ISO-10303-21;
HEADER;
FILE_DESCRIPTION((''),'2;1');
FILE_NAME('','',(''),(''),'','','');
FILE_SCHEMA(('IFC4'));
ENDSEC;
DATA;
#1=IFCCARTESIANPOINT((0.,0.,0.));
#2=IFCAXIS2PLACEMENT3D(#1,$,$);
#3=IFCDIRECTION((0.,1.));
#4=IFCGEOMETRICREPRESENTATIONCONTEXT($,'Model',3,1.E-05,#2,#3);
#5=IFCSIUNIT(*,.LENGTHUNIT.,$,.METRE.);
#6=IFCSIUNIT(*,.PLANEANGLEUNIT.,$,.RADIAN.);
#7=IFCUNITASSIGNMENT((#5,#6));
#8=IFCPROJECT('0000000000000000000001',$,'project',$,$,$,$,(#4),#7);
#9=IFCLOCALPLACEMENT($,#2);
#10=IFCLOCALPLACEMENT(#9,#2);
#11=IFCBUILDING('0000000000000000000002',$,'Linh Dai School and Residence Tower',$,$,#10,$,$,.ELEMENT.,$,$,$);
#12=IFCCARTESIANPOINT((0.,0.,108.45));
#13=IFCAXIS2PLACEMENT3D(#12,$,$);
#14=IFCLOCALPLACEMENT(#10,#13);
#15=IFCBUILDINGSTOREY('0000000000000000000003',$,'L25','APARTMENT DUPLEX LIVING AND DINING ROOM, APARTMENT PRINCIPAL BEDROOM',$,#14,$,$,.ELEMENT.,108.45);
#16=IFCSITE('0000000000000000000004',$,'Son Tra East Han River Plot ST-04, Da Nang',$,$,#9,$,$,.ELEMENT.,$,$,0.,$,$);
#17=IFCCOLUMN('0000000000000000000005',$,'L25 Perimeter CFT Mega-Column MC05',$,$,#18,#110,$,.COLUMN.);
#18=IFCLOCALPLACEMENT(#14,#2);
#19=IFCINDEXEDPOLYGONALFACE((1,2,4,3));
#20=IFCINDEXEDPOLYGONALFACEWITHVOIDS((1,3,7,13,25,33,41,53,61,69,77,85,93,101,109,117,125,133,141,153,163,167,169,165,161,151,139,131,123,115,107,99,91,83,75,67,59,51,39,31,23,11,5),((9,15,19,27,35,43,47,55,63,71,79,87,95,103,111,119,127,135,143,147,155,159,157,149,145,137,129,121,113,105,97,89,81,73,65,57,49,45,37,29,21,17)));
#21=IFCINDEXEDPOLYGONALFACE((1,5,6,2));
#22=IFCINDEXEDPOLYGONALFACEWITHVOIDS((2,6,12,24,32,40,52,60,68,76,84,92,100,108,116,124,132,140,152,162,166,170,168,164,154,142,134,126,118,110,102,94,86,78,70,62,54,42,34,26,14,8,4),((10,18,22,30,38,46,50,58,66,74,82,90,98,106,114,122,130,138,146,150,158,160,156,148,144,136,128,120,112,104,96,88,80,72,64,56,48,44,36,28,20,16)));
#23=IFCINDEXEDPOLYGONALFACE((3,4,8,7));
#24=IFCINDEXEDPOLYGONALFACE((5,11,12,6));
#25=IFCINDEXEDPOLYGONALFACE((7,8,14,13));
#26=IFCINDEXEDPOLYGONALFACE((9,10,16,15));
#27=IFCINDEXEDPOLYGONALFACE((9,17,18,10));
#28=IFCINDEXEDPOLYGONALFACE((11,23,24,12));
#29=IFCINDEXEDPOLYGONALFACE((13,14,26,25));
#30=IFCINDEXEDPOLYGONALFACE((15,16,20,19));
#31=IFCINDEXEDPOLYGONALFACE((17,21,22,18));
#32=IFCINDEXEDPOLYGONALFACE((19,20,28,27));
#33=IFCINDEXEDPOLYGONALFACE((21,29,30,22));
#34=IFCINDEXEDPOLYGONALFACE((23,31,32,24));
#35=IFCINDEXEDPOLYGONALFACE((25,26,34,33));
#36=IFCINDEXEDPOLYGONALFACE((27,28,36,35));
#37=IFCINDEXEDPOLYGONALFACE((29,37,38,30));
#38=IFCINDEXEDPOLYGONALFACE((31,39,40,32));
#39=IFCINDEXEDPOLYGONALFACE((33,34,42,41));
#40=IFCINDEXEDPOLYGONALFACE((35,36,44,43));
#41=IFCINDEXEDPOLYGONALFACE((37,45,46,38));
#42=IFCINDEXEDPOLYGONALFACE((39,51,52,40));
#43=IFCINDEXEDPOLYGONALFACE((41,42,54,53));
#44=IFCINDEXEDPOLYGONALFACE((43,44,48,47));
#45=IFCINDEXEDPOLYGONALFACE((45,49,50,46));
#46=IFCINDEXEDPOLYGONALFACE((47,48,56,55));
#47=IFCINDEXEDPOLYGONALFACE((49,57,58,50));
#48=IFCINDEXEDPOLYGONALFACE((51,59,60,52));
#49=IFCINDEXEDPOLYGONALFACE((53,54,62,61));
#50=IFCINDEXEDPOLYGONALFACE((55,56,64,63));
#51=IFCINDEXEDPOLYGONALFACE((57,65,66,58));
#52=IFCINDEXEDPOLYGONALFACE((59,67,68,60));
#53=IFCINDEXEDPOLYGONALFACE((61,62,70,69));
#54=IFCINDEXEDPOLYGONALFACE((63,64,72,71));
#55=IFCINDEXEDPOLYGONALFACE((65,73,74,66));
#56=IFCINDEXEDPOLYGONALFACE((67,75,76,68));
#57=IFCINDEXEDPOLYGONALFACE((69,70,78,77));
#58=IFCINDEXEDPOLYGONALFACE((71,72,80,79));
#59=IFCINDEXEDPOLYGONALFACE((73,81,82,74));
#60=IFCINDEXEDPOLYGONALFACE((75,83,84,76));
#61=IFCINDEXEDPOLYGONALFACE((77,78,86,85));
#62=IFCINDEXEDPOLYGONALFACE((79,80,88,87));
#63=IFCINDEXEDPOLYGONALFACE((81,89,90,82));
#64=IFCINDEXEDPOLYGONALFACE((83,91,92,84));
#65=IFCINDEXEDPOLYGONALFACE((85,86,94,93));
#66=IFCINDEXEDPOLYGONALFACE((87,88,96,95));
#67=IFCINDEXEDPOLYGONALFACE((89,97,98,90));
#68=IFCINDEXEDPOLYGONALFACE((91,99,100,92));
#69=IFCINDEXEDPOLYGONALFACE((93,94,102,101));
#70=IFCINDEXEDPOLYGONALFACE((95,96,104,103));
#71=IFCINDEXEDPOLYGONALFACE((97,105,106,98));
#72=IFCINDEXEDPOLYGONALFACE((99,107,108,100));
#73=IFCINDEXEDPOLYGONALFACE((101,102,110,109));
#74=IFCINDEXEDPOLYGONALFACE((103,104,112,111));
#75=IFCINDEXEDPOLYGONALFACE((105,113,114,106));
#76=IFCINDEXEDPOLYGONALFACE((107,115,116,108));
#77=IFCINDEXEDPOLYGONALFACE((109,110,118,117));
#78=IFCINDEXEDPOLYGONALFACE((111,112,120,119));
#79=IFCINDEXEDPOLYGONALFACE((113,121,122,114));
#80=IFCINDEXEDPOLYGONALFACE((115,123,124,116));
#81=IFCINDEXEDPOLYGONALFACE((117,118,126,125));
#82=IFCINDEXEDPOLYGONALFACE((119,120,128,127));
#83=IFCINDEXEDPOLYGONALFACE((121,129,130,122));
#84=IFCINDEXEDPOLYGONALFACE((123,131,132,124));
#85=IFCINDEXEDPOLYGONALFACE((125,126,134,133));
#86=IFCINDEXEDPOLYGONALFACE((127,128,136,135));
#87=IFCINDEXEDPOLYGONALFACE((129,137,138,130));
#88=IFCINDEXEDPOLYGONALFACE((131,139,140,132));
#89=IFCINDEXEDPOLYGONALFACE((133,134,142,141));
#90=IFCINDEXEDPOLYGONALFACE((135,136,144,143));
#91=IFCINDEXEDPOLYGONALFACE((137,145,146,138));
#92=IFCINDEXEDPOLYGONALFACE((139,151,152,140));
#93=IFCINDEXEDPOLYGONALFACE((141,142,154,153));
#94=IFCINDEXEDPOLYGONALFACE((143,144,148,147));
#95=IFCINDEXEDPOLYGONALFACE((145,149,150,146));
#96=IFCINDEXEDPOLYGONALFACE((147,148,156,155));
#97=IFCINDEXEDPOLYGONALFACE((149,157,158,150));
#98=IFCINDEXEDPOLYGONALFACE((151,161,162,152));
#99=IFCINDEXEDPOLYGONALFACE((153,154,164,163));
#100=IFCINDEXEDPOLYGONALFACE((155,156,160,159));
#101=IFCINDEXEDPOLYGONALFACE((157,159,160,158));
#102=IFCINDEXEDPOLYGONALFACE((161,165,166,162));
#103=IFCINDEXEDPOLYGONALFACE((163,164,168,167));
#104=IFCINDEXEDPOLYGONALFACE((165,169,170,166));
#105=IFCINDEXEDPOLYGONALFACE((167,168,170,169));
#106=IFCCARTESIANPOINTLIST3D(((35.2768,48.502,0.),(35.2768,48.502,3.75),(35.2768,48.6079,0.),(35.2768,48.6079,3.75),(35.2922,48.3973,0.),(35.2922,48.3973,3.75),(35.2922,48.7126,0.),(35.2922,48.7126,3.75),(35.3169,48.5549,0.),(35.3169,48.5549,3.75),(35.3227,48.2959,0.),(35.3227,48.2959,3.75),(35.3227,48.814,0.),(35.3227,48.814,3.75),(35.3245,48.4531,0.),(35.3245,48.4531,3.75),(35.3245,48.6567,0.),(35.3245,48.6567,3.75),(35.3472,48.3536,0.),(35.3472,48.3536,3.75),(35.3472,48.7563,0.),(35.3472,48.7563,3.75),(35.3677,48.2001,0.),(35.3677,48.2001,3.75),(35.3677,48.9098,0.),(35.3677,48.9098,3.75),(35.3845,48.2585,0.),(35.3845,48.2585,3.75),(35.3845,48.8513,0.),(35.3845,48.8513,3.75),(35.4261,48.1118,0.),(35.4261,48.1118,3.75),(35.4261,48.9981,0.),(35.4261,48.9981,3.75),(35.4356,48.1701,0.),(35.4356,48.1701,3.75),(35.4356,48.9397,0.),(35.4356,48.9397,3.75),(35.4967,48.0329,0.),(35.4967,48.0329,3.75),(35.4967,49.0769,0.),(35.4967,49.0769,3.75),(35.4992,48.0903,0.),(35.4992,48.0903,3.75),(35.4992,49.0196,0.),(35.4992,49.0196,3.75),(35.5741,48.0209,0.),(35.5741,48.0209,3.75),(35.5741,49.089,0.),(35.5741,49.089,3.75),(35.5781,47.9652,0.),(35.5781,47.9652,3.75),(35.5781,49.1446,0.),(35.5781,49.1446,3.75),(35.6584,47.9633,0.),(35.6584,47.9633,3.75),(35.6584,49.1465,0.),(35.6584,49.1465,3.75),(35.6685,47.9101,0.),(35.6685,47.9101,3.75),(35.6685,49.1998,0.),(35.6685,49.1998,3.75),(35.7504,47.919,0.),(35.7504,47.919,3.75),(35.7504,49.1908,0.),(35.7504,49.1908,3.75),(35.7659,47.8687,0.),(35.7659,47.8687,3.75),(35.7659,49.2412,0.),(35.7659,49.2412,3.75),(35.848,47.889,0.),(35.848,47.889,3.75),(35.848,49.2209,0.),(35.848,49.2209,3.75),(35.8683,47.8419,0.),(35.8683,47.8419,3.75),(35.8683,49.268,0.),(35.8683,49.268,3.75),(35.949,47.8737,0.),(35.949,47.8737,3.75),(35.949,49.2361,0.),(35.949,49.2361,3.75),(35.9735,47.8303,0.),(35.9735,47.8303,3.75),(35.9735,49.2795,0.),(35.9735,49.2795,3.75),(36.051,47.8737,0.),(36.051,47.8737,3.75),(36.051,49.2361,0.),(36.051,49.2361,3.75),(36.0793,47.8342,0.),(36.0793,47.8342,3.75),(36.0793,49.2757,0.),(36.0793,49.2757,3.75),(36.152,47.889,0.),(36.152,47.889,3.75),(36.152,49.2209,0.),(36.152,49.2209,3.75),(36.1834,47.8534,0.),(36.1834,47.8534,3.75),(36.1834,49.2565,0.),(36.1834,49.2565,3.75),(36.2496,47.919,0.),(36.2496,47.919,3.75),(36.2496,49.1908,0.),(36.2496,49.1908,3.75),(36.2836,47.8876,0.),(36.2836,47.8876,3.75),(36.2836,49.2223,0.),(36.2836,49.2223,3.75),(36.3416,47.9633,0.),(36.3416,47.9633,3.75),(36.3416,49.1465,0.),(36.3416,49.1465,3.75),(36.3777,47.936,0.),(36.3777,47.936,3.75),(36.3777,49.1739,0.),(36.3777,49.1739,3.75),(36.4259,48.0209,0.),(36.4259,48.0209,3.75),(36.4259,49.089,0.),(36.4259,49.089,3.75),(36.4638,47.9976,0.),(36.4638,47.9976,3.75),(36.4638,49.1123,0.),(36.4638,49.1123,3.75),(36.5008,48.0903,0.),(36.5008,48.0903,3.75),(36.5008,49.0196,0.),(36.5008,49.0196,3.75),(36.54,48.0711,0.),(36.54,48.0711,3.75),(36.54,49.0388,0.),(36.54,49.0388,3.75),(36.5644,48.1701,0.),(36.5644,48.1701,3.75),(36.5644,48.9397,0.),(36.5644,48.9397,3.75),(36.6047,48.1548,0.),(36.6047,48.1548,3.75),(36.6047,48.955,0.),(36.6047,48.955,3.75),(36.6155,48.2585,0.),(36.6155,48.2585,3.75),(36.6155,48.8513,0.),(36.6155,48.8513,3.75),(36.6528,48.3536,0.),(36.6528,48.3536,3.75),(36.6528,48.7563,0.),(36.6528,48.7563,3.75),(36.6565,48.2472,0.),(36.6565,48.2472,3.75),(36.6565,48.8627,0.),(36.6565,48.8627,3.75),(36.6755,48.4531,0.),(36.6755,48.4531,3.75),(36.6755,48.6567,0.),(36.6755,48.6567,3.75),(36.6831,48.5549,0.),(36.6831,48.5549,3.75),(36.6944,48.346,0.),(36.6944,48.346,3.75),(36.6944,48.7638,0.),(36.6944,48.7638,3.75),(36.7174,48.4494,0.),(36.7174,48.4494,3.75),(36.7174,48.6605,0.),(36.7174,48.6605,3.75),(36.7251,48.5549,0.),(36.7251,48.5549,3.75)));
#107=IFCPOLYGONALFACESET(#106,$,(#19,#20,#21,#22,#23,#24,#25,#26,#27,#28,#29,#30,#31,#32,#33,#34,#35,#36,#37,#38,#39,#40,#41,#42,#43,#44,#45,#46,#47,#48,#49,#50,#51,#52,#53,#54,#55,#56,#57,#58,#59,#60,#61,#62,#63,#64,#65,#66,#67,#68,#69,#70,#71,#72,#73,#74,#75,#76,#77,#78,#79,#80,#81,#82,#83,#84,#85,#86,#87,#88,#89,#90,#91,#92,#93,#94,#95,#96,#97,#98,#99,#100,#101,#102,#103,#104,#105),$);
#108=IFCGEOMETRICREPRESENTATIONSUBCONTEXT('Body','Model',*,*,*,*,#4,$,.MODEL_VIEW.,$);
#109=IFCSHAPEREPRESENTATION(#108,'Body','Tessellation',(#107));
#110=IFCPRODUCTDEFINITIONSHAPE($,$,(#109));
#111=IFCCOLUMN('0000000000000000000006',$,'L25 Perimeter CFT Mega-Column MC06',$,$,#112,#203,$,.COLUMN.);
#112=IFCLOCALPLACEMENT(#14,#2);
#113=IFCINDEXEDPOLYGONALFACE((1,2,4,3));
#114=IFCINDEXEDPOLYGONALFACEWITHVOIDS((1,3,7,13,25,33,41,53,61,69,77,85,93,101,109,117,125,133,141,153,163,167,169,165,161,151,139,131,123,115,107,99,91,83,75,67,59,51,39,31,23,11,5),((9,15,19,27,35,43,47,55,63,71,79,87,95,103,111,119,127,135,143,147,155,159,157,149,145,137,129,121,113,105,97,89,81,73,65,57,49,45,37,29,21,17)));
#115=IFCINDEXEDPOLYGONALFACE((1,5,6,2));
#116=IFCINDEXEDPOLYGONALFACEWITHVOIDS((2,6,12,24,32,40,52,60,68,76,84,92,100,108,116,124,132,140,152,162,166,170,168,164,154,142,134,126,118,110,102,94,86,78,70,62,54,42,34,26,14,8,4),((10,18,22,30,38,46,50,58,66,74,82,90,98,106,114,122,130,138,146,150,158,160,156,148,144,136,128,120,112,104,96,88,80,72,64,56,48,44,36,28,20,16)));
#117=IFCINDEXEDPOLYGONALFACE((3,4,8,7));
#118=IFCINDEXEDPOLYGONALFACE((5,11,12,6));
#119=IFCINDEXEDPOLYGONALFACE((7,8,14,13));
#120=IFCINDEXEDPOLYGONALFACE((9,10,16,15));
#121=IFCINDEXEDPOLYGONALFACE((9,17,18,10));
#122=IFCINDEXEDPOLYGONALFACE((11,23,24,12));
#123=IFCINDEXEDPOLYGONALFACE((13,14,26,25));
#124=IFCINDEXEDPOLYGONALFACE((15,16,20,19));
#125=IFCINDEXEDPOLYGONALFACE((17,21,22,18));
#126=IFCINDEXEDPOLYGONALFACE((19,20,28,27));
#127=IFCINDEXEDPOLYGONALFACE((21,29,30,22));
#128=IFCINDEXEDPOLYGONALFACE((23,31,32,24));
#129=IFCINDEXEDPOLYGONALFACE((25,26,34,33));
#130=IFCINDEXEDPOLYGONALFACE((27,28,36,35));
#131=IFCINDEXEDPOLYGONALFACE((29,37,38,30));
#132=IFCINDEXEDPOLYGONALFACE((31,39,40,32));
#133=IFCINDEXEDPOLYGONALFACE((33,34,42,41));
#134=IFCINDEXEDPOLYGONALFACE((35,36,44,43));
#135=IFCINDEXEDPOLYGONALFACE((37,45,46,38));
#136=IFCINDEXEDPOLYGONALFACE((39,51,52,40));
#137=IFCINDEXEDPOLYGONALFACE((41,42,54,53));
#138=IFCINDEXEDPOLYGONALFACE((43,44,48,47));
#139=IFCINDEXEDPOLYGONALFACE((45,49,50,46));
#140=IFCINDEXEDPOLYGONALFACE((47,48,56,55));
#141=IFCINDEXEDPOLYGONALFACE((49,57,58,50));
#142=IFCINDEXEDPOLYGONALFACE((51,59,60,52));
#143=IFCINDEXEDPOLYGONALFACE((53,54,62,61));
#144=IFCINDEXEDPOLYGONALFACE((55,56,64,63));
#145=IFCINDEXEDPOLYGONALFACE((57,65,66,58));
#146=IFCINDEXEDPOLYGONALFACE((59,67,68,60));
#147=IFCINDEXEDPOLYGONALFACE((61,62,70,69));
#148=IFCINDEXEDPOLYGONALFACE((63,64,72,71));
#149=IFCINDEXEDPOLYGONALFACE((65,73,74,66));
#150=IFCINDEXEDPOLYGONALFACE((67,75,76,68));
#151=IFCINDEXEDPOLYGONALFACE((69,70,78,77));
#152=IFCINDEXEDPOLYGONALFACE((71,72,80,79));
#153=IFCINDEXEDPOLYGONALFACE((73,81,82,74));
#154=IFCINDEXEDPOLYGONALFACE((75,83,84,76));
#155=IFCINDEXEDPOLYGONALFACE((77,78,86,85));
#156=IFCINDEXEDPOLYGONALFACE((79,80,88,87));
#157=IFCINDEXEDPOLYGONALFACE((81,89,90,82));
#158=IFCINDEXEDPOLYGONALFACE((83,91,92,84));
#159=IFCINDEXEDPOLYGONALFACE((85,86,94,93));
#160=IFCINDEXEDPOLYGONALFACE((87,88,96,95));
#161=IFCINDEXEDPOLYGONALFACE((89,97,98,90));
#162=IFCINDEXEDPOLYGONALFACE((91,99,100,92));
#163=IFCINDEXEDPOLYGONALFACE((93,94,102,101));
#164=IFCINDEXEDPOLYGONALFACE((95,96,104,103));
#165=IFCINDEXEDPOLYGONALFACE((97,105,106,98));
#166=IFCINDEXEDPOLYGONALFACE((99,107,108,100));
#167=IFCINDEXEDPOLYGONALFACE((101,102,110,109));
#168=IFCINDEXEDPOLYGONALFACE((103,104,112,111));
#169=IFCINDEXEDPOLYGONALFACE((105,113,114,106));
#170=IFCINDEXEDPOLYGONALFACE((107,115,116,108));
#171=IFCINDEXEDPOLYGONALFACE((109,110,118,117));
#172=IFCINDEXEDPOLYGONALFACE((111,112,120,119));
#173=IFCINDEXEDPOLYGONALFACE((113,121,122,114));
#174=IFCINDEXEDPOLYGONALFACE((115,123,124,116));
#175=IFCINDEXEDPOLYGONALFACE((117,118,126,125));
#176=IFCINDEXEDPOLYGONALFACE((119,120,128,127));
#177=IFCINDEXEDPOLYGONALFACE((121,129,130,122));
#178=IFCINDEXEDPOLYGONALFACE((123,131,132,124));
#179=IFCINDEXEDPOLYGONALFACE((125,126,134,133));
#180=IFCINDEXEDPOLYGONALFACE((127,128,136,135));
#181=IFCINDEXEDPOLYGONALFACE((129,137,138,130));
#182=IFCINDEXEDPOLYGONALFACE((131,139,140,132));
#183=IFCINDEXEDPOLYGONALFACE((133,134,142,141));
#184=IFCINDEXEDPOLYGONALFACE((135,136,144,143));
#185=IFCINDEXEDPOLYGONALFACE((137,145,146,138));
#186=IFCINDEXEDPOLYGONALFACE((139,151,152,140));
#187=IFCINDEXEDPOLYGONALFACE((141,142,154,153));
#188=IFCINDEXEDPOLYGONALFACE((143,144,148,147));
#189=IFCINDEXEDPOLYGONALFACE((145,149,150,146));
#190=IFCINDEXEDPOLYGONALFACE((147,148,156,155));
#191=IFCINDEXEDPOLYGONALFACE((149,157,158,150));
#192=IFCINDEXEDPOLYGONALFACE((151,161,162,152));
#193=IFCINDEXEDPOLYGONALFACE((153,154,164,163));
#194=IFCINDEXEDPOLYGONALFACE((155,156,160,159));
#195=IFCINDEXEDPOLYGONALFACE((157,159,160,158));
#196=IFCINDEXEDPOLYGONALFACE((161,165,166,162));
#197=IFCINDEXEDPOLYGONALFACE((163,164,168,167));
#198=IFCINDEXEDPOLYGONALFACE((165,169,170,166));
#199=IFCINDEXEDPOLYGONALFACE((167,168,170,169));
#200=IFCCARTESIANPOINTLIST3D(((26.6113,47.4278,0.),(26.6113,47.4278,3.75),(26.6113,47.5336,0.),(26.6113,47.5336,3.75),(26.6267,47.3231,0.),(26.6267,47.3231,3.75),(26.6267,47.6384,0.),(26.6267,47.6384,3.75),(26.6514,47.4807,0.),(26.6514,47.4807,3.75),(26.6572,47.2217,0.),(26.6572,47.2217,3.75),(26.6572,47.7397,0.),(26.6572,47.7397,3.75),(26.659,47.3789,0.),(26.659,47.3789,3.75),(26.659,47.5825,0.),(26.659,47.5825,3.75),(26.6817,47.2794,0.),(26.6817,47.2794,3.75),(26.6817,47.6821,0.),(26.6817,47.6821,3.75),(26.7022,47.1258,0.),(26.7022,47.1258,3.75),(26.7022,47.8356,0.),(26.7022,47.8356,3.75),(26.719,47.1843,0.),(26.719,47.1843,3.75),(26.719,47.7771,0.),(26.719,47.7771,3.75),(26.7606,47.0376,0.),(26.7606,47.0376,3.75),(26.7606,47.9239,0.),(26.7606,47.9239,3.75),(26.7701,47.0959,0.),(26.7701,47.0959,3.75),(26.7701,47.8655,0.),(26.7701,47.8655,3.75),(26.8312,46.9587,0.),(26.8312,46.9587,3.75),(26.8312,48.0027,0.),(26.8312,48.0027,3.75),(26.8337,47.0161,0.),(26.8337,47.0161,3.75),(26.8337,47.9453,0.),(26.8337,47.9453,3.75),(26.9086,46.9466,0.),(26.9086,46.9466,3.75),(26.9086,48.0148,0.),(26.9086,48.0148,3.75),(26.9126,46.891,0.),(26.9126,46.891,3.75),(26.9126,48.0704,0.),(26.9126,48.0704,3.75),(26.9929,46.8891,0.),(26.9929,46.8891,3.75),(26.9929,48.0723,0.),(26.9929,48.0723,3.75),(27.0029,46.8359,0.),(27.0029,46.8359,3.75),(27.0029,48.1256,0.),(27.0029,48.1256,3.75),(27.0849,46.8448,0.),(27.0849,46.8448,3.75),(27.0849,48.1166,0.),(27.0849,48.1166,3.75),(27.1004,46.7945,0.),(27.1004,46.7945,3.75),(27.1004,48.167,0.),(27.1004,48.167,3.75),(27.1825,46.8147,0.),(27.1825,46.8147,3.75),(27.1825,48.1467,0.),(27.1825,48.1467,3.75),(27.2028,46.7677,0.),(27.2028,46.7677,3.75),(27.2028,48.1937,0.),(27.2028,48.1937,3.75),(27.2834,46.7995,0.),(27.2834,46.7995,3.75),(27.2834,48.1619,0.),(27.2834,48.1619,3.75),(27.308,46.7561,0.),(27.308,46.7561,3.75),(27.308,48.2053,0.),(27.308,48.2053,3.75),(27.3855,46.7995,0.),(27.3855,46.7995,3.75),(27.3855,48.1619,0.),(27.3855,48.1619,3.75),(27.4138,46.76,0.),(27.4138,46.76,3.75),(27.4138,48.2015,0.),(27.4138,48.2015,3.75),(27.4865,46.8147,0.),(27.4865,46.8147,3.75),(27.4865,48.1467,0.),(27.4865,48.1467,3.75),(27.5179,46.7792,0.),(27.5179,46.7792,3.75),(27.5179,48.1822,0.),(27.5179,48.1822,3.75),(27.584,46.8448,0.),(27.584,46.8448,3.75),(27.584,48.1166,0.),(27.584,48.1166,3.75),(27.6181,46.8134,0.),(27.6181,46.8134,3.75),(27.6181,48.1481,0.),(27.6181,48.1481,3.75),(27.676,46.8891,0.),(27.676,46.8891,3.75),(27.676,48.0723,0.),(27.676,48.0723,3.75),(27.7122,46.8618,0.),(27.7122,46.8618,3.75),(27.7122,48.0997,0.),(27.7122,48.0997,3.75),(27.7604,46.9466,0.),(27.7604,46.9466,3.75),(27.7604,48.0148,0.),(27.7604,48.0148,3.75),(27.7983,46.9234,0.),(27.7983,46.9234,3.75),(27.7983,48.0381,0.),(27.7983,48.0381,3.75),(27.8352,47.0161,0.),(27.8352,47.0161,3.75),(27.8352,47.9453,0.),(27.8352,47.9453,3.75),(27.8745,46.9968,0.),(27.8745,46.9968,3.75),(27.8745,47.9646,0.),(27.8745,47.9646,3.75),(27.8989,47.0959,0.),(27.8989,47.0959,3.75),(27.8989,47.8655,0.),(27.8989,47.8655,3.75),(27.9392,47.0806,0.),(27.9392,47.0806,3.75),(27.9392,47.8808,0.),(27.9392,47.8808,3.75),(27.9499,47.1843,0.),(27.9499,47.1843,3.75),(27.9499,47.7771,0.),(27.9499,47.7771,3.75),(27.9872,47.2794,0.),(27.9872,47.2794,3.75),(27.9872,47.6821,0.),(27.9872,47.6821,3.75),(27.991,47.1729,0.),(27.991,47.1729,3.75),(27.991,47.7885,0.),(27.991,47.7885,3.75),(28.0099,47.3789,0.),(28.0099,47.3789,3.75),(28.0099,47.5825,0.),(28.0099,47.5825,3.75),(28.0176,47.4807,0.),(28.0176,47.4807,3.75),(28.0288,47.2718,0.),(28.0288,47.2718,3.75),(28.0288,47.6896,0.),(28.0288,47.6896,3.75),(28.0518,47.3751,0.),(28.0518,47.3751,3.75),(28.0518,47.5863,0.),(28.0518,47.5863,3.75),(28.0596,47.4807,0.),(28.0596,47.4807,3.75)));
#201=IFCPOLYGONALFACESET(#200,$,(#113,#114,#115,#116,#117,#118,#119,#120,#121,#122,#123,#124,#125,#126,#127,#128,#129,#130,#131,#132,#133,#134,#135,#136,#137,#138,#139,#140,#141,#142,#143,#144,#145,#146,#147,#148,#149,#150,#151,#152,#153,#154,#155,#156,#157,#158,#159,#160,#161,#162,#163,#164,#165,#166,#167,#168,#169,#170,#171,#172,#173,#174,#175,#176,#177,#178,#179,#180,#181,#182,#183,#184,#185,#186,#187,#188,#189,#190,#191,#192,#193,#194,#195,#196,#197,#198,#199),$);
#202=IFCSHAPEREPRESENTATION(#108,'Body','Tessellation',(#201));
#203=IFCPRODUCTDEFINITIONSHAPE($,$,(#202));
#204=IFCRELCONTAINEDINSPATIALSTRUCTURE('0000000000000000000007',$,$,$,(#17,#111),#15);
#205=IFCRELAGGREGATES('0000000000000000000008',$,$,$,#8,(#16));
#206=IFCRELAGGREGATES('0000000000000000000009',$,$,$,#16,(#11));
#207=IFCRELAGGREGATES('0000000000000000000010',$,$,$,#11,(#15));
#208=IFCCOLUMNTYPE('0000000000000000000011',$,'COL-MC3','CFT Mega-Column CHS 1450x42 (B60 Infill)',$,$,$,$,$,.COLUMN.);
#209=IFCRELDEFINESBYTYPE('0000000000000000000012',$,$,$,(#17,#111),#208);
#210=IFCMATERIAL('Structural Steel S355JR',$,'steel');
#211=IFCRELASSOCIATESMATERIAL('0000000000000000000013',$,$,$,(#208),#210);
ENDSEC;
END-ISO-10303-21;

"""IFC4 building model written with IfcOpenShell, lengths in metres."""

from ifc_helpers import new_model, si_unit, direction, frame, origin, origin_2d, place, context, subcontext, project, spatial, hollow_circle, extrude, material, material_profile, profile_set, type_object, element, save


model = new_model("IFC4")

# Units and contexts
model_context = context("Model", 3, precision=1e-05, world=origin(), true_north=direction((0.0, 1.0)))
body_context = subcontext(model_context, "Body", "Model", "MODEL_VIEW")
ifc_project = project(units=[si_unit("LENGTHUNIT", "METRE"), si_unit("PLANEANGLEUNIT", "RADIAN")], contexts=[model_context])

# Site, building, storey
site_placement = place(None, origin())
site = spatial("IfcSite", under=ifc_project, at=site_placement, Name="Son Tra East Han River Plot ST-04, Da Nang", CompositionType="ELEMENT", RefElevation=0.0)
building_placement = place(site_placement, origin())
building = spatial("IfcBuilding", under=site, at=building_placement, Name="Linh Dai School and Residence Tower", CompositionType="ELEMENT")
storey_placement = place(building_placement, frame((0.0, 0.0, 108.45)))
storey = spatial("IfcBuildingStorey", under=building, at=storey_placement, Name="L25", Description="APARTMENT DUPLEX LIVING AND DINING ROOM, APARTMENT PRINCIPAL BEDROOM", CompositionType="ELEMENT", Elevation=108.45)

# Columns
ifc_material_1 = material(Name="Structural Steel S355JR", Category="steel")
ifc_material_profile_1 = material_profile(ifc_material_1, hollow_circle(Radius=0.7251, WallThickness=0.042, at=origin_2d()), Name="CHS 1450x42")
ifc_profile_set_1 = profile_set([ifc_material_profile_1], Name="Structural Steel S355JR")
column_type_1 = type_object("IfcColumnType", Name="COL-MC3", Description="CFT Mega-Column CHS 1450x42 (B60 Infill)", PredefinedType="COLUMN", material=ifc_profile_set_1)
for number, where, z_axis, x_axis, name in (
    (1, (36.0, 48.5549, 0.0), (0.0, 0.0, 1.0), (1.0, 0.0, 0.0), "L25 Perimeter CFT Mega-Column MC05"),
    (2, (27.3345, 47.4807, 0.0), (0.0, 0.0, 1.0), (1.0, 0.0, 0.0), "L25 Perimeter CFT Mega-Column MC06"),
):
    element("IfcColumn", number, at=place(storey_placement, frame(where, z_axis=z_axis, x_axis=x_axis)), inside=storey, type_object=column_type_1, Name=name, PredefinedType="COLUMN", context=body_context, shape_type="SweptSolid", body=[
        extrude(hollow_circle(Radius=0.7251, WallThickness=0.042, at=origin_2d()), origin(), (0.0, 0.0, 1.0), 3.75),
    ])

save(model, "model.ifc")
